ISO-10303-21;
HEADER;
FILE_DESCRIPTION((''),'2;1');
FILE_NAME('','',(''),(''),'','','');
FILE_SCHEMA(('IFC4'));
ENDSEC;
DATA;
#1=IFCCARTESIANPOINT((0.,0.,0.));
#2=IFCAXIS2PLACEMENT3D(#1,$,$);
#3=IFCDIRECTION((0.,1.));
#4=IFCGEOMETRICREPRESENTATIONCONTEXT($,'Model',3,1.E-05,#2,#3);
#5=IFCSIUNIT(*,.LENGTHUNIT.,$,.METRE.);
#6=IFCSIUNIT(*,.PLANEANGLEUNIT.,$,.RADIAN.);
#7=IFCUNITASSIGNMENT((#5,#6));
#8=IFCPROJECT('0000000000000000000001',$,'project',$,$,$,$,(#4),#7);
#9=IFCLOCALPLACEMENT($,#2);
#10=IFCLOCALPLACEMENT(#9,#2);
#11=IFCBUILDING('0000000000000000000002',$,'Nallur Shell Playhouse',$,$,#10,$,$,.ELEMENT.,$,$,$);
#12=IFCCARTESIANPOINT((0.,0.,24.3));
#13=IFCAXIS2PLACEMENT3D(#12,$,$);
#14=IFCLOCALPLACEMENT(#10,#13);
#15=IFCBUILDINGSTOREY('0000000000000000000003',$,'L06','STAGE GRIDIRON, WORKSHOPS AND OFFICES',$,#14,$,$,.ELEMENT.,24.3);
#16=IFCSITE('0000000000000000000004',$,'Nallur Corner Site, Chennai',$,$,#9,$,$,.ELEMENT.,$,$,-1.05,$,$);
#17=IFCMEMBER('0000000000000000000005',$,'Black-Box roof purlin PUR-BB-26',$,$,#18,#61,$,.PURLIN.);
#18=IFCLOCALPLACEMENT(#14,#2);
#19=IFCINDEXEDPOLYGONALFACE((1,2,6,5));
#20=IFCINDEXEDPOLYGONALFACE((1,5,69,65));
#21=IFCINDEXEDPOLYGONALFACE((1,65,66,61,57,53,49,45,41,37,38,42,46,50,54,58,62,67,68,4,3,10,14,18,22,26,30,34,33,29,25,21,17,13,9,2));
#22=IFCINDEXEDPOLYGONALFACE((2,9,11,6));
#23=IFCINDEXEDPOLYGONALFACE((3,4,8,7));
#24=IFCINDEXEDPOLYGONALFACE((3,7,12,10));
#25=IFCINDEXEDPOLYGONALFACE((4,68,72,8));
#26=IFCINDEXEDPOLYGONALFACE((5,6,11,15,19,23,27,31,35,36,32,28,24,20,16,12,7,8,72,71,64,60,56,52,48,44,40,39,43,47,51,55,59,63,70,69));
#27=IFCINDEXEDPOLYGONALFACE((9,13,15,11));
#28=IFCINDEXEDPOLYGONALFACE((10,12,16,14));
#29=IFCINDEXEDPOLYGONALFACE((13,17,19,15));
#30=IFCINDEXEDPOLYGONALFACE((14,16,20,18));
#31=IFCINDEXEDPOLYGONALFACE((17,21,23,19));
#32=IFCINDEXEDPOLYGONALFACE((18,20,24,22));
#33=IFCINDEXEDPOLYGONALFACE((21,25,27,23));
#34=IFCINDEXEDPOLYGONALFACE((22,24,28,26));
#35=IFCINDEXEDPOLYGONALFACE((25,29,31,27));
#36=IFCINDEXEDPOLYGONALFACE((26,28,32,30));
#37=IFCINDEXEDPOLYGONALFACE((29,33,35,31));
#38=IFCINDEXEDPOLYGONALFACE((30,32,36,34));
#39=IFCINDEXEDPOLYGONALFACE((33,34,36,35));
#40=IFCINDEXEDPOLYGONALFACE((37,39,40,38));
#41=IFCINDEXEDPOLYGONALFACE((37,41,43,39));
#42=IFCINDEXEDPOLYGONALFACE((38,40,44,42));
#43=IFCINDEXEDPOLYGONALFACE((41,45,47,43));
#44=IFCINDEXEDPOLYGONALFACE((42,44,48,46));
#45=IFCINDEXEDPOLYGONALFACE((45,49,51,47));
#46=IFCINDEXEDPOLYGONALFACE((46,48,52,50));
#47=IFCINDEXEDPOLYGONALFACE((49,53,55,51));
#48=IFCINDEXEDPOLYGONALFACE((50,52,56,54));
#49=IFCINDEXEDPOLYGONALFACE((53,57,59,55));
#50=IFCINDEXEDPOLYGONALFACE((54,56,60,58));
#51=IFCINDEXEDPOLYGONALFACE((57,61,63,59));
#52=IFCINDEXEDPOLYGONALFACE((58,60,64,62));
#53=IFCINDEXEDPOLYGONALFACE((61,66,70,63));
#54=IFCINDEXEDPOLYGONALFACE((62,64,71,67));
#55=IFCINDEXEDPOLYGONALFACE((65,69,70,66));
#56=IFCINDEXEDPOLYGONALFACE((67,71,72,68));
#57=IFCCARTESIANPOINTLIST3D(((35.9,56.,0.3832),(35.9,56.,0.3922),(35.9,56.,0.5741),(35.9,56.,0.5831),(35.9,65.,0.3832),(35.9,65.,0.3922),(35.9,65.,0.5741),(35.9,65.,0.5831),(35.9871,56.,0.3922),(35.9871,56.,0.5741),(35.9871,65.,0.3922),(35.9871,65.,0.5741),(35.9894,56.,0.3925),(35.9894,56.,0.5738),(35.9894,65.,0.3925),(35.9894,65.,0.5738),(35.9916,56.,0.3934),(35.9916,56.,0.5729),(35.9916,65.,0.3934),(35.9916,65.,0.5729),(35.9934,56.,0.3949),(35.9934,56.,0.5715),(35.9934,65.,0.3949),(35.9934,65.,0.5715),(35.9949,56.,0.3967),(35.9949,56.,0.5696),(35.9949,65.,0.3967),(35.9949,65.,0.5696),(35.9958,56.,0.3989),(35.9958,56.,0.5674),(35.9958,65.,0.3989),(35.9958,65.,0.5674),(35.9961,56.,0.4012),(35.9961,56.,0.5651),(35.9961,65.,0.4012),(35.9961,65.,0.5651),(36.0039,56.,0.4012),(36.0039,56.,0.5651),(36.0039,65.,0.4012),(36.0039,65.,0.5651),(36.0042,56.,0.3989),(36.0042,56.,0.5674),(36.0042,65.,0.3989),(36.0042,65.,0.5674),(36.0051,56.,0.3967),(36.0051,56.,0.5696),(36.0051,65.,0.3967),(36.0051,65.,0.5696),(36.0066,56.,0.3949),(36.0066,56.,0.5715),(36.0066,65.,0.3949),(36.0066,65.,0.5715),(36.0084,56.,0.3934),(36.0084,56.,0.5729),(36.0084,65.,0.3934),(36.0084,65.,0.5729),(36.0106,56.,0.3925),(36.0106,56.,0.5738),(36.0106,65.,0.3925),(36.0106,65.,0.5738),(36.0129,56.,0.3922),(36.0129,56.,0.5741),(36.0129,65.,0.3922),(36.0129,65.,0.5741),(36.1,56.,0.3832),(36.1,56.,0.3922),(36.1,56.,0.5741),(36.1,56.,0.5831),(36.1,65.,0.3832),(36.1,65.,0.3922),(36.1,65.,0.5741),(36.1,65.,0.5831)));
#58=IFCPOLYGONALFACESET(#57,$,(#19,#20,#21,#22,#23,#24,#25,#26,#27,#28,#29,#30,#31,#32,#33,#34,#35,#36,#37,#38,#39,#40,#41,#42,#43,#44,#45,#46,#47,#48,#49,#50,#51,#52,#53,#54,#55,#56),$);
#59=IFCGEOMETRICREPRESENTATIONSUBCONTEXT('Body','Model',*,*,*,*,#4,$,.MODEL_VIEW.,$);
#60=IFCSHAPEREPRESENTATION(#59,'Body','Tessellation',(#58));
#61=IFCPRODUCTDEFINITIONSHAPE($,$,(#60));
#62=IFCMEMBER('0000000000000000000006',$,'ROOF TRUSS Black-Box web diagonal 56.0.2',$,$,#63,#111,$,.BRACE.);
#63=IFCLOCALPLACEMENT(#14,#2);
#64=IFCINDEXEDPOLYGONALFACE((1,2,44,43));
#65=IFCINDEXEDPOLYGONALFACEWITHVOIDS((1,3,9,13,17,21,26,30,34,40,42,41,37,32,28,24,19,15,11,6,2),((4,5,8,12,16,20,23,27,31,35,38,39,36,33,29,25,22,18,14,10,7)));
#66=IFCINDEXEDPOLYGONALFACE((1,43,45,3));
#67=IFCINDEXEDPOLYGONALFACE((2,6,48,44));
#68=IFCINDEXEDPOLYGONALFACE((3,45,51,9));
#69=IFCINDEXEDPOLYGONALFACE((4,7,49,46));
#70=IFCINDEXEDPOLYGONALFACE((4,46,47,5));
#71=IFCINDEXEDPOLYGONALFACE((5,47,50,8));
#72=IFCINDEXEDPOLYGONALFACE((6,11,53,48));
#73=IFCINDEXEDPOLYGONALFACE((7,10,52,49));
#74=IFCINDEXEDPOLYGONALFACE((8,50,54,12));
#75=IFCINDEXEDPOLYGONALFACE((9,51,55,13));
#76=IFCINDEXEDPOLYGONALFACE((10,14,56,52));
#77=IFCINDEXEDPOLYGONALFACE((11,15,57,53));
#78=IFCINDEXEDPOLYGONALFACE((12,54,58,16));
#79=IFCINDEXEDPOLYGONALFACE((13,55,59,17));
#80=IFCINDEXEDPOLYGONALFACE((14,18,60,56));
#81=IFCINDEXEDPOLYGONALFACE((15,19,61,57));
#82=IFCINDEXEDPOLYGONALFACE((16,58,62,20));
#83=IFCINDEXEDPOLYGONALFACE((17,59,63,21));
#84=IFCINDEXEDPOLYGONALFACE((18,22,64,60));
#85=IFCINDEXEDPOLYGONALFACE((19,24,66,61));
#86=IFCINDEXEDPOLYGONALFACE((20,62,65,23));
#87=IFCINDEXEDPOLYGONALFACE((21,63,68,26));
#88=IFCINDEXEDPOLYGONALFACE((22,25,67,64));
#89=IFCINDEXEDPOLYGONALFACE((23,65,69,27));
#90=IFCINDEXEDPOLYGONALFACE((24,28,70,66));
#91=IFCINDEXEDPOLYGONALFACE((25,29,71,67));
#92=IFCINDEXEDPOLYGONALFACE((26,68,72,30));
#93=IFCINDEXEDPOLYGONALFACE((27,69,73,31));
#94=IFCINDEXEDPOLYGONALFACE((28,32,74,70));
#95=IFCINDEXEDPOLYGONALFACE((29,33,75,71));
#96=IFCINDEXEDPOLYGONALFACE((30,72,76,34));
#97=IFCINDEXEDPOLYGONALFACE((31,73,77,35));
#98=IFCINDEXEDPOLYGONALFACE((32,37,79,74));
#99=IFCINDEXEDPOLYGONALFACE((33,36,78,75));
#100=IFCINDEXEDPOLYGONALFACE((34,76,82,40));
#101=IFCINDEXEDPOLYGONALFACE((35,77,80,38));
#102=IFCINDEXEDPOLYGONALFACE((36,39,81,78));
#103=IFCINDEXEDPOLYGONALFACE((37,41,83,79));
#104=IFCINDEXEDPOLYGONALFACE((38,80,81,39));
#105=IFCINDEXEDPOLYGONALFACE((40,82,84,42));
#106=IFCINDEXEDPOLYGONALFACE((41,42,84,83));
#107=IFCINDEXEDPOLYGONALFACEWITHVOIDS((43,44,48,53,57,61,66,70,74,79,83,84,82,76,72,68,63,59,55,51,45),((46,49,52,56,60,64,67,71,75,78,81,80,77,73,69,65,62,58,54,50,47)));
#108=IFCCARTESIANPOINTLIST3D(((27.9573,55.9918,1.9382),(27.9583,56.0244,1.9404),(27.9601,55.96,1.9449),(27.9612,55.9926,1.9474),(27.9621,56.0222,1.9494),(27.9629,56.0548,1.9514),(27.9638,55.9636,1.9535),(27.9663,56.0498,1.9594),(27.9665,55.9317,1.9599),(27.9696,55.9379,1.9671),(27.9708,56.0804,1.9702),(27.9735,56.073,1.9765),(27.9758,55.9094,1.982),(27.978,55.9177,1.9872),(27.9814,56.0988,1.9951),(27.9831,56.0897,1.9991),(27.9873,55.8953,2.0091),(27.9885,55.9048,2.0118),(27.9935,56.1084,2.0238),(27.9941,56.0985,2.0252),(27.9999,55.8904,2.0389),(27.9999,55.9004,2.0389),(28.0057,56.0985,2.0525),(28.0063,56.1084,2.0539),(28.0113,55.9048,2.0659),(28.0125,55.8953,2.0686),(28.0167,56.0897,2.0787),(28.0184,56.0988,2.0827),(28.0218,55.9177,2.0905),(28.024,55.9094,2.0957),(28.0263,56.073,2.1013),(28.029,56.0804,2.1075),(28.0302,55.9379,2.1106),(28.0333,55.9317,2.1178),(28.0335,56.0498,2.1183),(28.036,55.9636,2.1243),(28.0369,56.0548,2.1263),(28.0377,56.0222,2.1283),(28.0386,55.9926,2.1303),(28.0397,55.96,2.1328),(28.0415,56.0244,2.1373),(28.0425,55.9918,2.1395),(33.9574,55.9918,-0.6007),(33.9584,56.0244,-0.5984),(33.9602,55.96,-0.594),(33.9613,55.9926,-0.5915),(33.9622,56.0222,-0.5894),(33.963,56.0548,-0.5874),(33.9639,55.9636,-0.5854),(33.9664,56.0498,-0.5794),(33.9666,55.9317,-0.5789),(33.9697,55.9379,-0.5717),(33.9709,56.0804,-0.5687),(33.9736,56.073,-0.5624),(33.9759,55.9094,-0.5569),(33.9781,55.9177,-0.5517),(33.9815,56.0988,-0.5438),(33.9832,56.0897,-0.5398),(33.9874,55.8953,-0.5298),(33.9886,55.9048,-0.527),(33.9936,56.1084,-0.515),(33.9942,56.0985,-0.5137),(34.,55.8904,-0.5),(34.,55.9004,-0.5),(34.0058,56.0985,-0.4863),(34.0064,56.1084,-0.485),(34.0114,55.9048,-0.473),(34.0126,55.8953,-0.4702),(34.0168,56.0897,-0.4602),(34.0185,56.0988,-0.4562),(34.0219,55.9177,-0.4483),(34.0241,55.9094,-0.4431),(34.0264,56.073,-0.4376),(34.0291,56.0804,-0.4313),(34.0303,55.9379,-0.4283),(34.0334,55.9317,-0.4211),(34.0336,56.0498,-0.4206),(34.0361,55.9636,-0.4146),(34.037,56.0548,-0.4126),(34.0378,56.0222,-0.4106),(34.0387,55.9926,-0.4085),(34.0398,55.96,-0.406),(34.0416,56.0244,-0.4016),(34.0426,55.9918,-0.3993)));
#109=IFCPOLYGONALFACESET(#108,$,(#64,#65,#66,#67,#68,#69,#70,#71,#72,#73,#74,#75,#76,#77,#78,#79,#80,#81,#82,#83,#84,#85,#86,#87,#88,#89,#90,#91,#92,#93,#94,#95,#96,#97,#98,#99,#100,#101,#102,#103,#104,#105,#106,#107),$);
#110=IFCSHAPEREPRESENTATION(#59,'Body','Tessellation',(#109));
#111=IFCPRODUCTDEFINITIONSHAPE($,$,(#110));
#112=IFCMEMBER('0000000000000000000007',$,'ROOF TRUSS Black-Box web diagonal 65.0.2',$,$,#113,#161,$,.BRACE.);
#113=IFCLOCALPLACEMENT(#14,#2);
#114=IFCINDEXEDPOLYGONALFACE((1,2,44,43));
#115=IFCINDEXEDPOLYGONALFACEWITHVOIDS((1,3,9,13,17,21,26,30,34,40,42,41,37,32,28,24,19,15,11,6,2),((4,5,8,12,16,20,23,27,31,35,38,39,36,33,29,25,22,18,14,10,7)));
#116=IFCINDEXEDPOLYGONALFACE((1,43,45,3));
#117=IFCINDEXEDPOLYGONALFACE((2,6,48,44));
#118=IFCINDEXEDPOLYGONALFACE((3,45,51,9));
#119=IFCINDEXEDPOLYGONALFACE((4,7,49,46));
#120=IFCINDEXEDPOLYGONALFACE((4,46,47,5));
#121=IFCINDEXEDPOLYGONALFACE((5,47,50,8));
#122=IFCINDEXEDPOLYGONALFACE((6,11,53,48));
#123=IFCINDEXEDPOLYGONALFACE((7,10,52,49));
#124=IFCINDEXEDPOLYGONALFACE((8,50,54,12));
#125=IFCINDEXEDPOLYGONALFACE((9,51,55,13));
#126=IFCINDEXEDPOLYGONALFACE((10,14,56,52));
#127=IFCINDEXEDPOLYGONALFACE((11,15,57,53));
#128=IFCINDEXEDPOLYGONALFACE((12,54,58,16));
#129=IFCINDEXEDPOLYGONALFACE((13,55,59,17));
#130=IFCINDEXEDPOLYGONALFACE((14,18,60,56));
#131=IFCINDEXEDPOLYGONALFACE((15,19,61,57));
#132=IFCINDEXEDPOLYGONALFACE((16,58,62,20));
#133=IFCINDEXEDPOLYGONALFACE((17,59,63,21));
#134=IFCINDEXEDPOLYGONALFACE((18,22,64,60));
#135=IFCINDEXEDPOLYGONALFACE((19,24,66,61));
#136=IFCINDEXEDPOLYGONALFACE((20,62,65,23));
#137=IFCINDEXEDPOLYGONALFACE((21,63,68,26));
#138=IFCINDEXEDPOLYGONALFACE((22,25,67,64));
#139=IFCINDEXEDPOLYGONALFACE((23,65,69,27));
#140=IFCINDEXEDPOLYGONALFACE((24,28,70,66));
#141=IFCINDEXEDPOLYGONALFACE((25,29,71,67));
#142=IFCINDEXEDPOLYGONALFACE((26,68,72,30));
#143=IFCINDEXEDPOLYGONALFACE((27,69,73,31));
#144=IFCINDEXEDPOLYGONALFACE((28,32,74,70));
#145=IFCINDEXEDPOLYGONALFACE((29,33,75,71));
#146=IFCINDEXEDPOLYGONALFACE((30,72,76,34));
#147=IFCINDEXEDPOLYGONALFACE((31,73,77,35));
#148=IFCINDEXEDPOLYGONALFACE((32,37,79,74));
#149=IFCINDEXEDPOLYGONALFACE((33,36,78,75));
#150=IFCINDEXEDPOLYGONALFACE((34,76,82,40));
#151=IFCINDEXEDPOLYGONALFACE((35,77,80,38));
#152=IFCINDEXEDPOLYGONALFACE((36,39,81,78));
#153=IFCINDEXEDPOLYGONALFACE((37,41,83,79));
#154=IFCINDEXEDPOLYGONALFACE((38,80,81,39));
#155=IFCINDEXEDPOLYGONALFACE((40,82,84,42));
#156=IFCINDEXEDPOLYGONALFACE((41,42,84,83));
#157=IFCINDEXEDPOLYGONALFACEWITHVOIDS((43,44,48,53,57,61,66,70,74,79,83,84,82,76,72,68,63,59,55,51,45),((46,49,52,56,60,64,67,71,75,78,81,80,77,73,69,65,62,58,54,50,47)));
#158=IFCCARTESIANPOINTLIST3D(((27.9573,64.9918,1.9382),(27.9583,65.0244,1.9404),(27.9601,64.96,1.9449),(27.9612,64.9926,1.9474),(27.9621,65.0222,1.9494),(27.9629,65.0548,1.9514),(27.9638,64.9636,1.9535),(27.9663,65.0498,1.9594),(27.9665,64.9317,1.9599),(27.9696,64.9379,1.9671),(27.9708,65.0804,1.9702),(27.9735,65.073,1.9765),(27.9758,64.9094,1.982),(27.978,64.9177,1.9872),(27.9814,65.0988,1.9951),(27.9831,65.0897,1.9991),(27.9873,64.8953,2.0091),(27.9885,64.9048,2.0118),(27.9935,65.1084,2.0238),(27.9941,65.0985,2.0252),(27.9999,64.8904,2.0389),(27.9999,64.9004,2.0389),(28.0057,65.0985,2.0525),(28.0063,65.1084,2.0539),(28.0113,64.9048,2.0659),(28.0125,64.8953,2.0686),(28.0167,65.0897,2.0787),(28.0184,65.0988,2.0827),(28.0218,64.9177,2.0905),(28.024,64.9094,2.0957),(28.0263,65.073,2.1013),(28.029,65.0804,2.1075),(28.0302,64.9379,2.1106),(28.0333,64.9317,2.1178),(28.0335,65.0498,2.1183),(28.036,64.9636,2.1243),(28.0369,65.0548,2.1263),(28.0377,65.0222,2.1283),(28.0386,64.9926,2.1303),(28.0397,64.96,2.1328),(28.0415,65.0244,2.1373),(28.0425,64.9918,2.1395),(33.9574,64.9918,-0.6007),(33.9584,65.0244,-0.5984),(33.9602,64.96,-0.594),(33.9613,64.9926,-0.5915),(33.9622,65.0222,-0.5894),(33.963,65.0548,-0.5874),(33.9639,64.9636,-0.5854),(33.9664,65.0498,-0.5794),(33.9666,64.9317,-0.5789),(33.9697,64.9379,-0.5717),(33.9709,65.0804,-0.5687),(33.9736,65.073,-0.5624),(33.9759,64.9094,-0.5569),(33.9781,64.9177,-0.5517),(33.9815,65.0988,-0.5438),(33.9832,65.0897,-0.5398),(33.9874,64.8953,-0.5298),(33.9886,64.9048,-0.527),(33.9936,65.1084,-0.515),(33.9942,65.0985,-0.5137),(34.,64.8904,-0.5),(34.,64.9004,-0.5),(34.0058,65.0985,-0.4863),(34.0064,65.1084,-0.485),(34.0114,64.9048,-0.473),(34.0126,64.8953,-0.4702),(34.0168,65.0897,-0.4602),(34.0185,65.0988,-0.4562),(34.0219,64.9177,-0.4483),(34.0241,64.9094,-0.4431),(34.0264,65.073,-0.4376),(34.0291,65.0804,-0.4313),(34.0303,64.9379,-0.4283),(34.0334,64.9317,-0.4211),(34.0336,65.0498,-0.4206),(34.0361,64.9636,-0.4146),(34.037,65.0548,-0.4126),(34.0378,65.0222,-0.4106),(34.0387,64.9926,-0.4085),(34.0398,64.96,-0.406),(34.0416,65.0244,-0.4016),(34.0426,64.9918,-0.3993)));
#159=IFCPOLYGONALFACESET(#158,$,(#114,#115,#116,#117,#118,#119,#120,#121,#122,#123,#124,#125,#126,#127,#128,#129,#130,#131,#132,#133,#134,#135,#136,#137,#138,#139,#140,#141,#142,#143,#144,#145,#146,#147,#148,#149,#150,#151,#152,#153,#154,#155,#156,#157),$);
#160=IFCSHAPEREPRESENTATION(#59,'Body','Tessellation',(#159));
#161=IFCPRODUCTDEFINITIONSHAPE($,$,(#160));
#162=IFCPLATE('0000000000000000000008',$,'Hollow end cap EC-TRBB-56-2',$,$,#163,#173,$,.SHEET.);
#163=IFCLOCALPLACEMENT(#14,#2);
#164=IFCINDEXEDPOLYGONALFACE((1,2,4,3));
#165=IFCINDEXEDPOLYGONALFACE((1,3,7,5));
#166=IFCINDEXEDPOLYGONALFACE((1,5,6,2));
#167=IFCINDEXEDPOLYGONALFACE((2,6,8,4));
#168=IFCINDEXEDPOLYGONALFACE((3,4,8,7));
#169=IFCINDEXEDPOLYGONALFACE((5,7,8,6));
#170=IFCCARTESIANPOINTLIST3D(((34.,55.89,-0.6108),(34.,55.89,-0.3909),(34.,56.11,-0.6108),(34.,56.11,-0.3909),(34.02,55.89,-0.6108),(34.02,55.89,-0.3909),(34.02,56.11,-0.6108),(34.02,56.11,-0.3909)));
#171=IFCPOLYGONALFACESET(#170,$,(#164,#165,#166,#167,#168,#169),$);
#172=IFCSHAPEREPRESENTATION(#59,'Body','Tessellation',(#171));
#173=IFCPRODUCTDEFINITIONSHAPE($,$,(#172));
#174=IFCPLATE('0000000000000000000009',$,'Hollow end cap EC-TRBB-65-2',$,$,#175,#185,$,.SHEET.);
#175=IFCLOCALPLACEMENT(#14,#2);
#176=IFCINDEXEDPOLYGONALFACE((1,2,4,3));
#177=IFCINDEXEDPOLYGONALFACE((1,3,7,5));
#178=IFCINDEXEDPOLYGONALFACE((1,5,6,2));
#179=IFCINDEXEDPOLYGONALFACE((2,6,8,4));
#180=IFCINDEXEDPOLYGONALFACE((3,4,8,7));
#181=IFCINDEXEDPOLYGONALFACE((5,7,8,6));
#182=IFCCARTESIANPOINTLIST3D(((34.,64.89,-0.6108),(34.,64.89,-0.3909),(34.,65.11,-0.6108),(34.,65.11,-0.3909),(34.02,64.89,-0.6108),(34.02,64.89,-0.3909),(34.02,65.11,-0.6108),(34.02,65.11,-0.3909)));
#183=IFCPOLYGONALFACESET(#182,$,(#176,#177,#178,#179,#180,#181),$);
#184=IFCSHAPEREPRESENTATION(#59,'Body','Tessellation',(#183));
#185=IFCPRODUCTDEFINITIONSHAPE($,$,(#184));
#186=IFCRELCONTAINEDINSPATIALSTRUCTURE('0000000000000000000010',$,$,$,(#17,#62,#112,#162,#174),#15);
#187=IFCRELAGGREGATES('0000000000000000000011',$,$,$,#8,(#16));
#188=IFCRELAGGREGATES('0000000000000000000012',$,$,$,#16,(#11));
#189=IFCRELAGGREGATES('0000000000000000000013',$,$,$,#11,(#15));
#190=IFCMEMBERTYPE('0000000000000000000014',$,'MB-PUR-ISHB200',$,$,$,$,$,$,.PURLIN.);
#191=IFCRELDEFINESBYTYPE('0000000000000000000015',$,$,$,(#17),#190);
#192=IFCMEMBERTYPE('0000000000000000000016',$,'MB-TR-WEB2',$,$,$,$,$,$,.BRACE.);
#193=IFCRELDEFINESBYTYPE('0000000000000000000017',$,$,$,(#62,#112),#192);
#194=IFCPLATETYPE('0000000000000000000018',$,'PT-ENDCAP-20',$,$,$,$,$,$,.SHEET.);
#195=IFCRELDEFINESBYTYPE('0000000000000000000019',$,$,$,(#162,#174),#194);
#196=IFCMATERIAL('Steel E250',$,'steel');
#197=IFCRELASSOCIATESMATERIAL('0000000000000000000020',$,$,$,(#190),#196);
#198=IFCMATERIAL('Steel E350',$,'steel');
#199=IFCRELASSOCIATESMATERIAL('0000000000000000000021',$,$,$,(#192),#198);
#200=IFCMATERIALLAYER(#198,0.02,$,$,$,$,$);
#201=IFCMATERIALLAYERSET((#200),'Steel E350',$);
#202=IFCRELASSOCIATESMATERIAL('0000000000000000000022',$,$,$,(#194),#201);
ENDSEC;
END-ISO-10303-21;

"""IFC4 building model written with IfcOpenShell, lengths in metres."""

from ifc_helpers import new_model, si_unit, direction, frame, origin, origin_2d, place, context, subcontext, project, spatial, rectangle, hollow_circle, i_section, extrude, material, layer, layer_set, material_profile, profile_set, type_object, element, save


model = new_model("IFC4")

# Units and contexts
model_context = context("Model", 3, precision=1e-05, world=origin(), true_north=direction((0.0, 1.0)))
body_context = subcontext(model_context, "Body", "Model", "MODEL_VIEW")
ifc_project = project(units=[si_unit("LENGTHUNIT", "METRE"), si_unit("PLANEANGLEUNIT", "RADIAN")], contexts=[model_context])

# Site, building, storey
site_placement = place(None, origin())
site = spatial("IfcSite", under=ifc_project, at=site_placement, Name="Nallur Corner Site, Chennai", CompositionType="ELEMENT", RefElevation=-1.05)
building_placement = place(site_placement, origin())
building = spatial("IfcBuilding", under=site, at=building_placement, Name="Nallur Shell Playhouse", CompositionType="ELEMENT")
storey_placement = place(building_placement, frame((0.0, 0.0, 24.3)))
storey = spatial("IfcBuildingStorey", under=building, at=storey_placement, Name="L06", Description="STAGE GRIDIRON, WORKSHOPS AND OFFICES", CompositionType="ELEMENT", Elevation=24.3)

# Shared definitions
ifc_material_1 = material(Name="Steel E350", Category="steel")
ifc_material_2 = material(Name="Steel E250", Category="steel")

# Members
ifc_material_profile_1 = material_profile(ifc_material_2, i_section(OverallWidth=0.2, OverallDepth=0.2, WebThickness=0.0078, FlangeThickness=0.009, FilletRadius=0.009, at=origin_2d()), Name="ISHB 200")
ifc_profile_set_1 = profile_set([ifc_material_profile_1], Name="Steel E250")
member_type_1 = type_object("IfcMemberType", Name="MB-PUR-ISHB200", PredefinedType="PURLIN", material=ifc_profile_set_1)
member_placement = place(storey_placement, frame((36.0, 56.0, 0.4832), z_axis=(0.0, 1.0, 0.0), x_axis=(-1.0, 0.0, 0.0)))
element("IfcMember", 1, at=member_placement, inside=storey, type_object=member_type_1, Name="Black-Box roof purlin PUR-BB-26", PredefinedType="PURLIN", context=body_context, shape_type="SweptSolid", body=[
    extrude(i_section(OverallWidth=0.2, OverallDepth=0.2, WebThickness=0.0078, FlangeThickness=0.009, FilletRadius=0.009, at=origin_2d()), origin(), (0.0, 0.0, 1.0), 9.0),
])
ifc_material_profile_2 = material_profile(ifc_material_1, hollow_circle(Radius=0.1096, WallThickness=0.01, at=origin_2d()), Name="CHS 219.1x10")
ifc_profile_set_2 = profile_set([ifc_material_profile_2], Name="Steel E350")
member_type_2 = type_object("IfcMemberType", Name="MB-TR-WEB2", PredefinedType="BRACE", material=ifc_profile_set_2)
for number, where, z_axis, x_axis, name in (
    (2, (34.0, 56.0, -0.5), (-0.920948, 0.0, 0.389686), (0.0, -1.0, 0.0), "ROOF TRUSS Black-Box web diagonal 56.0.2"),
    (3, (34.0, 65.0, -0.5), (-0.920948, 0.0, 0.389686), (0.0, -1.0, 0.0), "ROOF TRUSS Black-Box web diagonal 65.0.2"),
):
    element("IfcMember", number, at=place(storey_placement, frame(where, z_axis=z_axis, x_axis=x_axis)), inside=storey, type_object=member_type_2, Name=name, PredefinedType="BRACE", context=body_context, shape_type="SweptSolid", body=[
        extrude(hollow_circle(Radius=0.1096, WallThickness=0.01, at=origin_2d()), origin(), (0.0, 0.0, 1.0), 6.5151),
    ])

# Plates
ifc_layer_1 = layer(ifc_material_1, 0.02)
ifc_layer_set_1 = layer_set([ifc_layer_1], Name="Steel E350")
plate_type = type_object("IfcPlateType", Name="PT-ENDCAP-20", PredefinedType="SHEET", material=ifc_layer_set_1)
for number, where, z_axis, x_axis, name in (
    (4, (34.01, 56.0, -0.6108), (0.0, 0.0, 1.0), (1.0, 0.0, 0.0), "Hollow end cap EC-TRBB-56-2"),
    (5, (34.01, 65.0, -0.6108), (0.0, 0.0, 1.0), (1.0, 0.0, 0.0), "Hollow end cap EC-TRBB-65-2"),
):
    element("IfcPlate", number, at=place(storey_placement, frame(where, z_axis=z_axis, x_axis=x_axis)), inside=storey, type_object=plate_type, Name=name, PredefinedType="SHEET", context=body_context, shape_type="SweptSolid", body=[
        extrude(rectangle(XDim=0.02, YDim=0.22, at=origin_2d()), origin(), (0.0, 0.0, 1.0), 0.22),
    ])

save(model, "model.ifc")
